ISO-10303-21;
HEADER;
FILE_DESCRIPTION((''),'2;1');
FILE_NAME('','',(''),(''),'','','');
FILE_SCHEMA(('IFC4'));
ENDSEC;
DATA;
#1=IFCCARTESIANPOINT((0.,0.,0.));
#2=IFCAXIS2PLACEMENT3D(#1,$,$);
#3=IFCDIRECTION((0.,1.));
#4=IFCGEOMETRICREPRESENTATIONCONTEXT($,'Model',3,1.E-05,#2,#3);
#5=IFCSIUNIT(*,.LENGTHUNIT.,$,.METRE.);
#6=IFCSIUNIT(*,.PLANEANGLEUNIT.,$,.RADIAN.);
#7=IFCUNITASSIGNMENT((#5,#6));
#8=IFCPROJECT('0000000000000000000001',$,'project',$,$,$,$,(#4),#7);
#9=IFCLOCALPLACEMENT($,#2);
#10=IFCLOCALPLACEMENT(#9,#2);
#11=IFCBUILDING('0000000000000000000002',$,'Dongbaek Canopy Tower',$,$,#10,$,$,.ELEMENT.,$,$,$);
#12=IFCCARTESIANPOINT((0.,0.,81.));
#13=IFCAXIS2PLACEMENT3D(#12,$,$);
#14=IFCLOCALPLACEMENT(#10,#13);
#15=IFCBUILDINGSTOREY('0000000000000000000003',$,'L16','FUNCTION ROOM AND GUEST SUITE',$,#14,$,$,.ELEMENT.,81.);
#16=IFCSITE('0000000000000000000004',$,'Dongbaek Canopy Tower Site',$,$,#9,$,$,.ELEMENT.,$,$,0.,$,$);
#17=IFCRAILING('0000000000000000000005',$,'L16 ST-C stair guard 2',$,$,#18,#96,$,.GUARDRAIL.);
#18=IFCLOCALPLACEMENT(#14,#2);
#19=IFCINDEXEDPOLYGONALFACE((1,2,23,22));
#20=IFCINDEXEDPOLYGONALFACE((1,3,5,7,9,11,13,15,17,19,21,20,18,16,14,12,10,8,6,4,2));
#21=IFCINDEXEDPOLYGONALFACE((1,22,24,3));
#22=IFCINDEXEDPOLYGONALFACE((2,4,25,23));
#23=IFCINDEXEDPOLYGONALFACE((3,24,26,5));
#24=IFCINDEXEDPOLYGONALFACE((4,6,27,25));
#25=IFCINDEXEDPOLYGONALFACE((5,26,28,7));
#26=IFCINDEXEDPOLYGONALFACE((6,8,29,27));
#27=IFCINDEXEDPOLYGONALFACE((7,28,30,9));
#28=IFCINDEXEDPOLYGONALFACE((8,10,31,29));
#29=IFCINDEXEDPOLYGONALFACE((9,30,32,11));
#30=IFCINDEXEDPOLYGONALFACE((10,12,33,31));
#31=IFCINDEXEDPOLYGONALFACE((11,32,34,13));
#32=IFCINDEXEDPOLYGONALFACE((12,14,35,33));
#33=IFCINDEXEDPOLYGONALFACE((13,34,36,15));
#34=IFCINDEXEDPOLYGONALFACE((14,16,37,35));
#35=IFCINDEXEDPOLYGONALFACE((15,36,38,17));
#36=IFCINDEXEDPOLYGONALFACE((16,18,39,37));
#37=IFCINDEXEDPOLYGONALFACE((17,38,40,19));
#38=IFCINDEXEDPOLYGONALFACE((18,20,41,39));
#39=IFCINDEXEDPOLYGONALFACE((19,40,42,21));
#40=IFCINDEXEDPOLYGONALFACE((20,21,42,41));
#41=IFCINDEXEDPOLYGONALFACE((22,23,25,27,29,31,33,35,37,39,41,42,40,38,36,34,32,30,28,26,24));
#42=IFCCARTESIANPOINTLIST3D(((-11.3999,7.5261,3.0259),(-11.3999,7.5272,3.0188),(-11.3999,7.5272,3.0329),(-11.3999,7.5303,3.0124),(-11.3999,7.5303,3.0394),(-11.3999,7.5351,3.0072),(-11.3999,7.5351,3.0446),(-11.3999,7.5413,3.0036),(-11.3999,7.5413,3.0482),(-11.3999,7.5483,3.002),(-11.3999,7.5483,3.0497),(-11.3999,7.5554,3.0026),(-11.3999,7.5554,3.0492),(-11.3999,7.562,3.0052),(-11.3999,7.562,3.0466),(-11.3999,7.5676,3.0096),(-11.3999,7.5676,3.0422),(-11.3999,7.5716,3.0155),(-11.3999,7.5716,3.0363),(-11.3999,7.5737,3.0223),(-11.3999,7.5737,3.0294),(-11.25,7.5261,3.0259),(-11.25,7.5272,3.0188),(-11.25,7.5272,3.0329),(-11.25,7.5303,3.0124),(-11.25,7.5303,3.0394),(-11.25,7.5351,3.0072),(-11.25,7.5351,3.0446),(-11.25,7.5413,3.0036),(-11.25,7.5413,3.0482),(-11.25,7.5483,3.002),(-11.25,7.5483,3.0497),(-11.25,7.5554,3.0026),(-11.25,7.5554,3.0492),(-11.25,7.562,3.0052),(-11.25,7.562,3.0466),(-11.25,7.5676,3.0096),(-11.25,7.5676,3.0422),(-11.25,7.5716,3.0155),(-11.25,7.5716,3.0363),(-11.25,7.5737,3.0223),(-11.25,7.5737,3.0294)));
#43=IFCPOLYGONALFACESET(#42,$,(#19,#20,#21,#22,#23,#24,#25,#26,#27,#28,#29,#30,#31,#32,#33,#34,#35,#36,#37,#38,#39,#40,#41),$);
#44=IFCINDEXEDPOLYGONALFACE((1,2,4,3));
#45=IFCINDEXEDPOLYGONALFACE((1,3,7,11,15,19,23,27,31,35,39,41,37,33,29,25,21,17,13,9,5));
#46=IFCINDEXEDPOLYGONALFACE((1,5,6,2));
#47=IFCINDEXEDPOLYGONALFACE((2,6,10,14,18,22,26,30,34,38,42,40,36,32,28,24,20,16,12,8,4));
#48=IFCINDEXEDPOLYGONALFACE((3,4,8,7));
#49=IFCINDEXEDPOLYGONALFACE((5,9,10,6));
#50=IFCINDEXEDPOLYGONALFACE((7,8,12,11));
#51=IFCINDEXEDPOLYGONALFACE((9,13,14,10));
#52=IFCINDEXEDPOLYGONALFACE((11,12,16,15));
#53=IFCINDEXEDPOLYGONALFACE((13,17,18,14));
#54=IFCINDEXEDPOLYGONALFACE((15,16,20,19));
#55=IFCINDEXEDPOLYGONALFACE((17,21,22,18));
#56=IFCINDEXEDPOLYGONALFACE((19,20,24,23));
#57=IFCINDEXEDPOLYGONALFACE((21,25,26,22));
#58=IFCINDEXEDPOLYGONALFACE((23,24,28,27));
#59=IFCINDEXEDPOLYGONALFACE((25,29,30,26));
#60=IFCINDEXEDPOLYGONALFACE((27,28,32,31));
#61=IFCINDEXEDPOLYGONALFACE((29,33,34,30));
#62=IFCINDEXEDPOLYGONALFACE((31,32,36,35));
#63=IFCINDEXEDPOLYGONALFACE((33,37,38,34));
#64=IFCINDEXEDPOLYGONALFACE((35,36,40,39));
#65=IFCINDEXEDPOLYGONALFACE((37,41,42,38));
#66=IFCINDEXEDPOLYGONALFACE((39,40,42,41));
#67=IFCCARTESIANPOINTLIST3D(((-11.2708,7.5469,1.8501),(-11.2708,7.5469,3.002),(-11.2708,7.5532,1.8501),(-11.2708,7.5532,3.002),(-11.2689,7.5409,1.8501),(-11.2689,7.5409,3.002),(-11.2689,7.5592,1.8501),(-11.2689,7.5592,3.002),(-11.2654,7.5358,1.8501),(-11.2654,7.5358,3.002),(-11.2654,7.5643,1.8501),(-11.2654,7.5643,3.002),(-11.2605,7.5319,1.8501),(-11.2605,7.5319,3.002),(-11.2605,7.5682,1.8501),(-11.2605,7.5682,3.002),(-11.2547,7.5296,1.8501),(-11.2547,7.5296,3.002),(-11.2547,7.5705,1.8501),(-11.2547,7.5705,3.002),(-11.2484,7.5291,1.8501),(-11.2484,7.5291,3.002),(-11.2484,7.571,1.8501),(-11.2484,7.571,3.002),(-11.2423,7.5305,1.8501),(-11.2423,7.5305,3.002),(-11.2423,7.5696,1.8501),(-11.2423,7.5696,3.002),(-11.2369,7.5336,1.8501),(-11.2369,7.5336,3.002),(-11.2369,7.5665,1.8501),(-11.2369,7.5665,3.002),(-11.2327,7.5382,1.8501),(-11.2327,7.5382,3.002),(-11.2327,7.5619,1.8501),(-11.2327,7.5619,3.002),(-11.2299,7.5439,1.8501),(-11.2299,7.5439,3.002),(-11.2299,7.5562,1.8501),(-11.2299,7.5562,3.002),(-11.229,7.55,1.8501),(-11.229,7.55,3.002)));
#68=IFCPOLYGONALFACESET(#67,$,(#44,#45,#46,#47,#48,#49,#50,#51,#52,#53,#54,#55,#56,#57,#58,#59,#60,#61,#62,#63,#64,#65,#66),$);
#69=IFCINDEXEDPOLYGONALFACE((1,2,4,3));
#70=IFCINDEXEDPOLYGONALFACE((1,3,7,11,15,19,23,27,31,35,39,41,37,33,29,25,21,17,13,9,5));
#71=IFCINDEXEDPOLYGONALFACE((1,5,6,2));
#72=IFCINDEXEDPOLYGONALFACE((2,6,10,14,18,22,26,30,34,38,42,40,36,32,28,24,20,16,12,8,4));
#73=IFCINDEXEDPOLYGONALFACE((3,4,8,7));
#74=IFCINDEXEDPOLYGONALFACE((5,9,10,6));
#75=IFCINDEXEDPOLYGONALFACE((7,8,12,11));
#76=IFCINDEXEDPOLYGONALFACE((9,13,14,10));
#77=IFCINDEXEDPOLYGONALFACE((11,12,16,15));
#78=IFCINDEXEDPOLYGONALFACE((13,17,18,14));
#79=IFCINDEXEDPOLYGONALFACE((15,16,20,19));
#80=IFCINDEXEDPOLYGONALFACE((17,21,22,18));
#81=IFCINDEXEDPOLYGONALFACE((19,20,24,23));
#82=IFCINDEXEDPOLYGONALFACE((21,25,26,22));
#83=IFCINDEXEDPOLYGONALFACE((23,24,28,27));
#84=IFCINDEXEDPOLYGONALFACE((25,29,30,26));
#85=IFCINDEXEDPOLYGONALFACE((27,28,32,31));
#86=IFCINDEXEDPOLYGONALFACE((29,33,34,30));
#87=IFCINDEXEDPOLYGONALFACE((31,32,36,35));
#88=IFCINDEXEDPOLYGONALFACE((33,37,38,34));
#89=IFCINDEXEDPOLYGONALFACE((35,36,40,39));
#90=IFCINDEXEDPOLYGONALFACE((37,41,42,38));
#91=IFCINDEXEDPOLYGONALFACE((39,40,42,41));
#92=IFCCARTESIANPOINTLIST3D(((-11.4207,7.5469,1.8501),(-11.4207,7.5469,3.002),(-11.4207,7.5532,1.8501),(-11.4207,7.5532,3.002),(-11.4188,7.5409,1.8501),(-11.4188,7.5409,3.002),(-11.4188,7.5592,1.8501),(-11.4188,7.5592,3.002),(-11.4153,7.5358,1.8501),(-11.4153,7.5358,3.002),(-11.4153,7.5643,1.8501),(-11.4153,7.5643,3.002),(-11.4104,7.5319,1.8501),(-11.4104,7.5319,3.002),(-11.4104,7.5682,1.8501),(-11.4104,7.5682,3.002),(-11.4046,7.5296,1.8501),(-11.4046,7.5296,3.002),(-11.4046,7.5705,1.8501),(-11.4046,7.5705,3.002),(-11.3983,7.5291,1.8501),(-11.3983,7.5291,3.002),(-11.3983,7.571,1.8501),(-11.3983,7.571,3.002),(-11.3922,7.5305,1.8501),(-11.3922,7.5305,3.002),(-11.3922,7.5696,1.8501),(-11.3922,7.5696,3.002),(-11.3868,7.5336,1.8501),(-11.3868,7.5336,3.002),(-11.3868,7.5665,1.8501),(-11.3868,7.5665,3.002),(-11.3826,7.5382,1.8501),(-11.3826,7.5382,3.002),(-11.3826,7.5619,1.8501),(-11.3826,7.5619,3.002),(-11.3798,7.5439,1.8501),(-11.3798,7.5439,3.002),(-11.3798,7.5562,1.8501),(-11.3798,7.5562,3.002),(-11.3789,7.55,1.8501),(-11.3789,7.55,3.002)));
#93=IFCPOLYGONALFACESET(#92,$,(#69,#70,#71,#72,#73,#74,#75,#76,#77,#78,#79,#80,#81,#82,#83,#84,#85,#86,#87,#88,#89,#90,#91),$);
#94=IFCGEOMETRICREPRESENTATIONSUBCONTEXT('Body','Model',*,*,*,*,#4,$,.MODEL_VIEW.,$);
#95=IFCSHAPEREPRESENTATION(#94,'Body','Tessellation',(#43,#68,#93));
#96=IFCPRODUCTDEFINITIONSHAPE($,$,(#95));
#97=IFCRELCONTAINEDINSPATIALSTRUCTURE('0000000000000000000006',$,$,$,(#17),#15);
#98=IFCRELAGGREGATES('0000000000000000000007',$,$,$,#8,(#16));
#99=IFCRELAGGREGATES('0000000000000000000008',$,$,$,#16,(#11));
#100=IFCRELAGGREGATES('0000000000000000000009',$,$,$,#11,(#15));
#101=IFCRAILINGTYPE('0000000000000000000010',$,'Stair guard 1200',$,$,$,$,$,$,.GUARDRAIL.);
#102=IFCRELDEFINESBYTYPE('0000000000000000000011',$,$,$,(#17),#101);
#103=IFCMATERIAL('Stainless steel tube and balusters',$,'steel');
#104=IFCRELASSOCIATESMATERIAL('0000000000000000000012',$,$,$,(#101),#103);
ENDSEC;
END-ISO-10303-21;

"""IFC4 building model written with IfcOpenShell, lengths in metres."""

from ifc_helpers import new_model, si_unit, direction, frame, origin, origin_2d, place, context, subcontext, project, spatial, circle, extrude, material, type_object, element, save


model = new_model("IFC4")

# Units and contexts
model_context = context("Model", 3, precision=1e-05, world=origin(), true_north=direction((0.0, 1.0)))
body_context = subcontext(model_context, "Body", "Model", "MODEL_VIEW")
ifc_project = project(units=[si_unit("LENGTHUNIT", "METRE"), si_unit("PLANEANGLEUNIT", "RADIAN")], contexts=[model_context])

# Site, building, storey
site_placement = place(None, origin())
site = spatial("IfcSite", under=ifc_project, at=site_placement, Name="Dongbaek Canopy Tower Site", CompositionType="ELEMENT", RefElevation=0.0)
building_placement = place(site_placement, origin())
building = spatial("IfcBuilding", under=site, at=building_placement, Name="Dongbaek Canopy Tower", CompositionType="ELEMENT")
storey_placement = place(building_placement, frame((0.0, 0.0, 81.0)))
storey = spatial("IfcBuildingStorey", under=building, at=storey_placement, Name="L16", Description="FUNCTION ROOM AND GUEST SUITE", CompositionType="ELEMENT", Elevation=81.0)

# Railing
ifc_material_1 = material(Name="Stainless steel tube and balusters", Category="steel")
railing_type_1 = type_object("IfcRailingType", Name="Stair guard 1200", PredefinedType="GUARDRAIL", material=ifc_material_1)
railing_1_placement = place(storey_placement, frame((-11.25, 7.55, 1.8501)))
element("IfcRailing", 1, at=railing_1_placement, inside=storey, type_object=railing_type_1, Name="L16 ST-C stair guard 2", PredefinedType="GUARDRAIL", context=body_context, shape_type="SweptSolid", body=[
    extrude(circle(Radius=0.0239, at=origin_2d()), frame((0.0, 0.0, 1.1758), z_axis=(-1.0, 0.0, 0.0), x_axis=(0.0, -1.0, 0.0)), (0.0, 0.0, 1.0), 0.1499),
    extrude(circle(Radius=0.021, at=origin_2d()), origin(), (0.0, 0.0, 1.0), 1.1519),
    extrude(circle(Radius=0.021, at=origin_2d()), frame((-0.1499, 0.0, 0.0)), (0.0, 0.0, 1.0), 1.1519),
])

save(model, "model.ifc")
